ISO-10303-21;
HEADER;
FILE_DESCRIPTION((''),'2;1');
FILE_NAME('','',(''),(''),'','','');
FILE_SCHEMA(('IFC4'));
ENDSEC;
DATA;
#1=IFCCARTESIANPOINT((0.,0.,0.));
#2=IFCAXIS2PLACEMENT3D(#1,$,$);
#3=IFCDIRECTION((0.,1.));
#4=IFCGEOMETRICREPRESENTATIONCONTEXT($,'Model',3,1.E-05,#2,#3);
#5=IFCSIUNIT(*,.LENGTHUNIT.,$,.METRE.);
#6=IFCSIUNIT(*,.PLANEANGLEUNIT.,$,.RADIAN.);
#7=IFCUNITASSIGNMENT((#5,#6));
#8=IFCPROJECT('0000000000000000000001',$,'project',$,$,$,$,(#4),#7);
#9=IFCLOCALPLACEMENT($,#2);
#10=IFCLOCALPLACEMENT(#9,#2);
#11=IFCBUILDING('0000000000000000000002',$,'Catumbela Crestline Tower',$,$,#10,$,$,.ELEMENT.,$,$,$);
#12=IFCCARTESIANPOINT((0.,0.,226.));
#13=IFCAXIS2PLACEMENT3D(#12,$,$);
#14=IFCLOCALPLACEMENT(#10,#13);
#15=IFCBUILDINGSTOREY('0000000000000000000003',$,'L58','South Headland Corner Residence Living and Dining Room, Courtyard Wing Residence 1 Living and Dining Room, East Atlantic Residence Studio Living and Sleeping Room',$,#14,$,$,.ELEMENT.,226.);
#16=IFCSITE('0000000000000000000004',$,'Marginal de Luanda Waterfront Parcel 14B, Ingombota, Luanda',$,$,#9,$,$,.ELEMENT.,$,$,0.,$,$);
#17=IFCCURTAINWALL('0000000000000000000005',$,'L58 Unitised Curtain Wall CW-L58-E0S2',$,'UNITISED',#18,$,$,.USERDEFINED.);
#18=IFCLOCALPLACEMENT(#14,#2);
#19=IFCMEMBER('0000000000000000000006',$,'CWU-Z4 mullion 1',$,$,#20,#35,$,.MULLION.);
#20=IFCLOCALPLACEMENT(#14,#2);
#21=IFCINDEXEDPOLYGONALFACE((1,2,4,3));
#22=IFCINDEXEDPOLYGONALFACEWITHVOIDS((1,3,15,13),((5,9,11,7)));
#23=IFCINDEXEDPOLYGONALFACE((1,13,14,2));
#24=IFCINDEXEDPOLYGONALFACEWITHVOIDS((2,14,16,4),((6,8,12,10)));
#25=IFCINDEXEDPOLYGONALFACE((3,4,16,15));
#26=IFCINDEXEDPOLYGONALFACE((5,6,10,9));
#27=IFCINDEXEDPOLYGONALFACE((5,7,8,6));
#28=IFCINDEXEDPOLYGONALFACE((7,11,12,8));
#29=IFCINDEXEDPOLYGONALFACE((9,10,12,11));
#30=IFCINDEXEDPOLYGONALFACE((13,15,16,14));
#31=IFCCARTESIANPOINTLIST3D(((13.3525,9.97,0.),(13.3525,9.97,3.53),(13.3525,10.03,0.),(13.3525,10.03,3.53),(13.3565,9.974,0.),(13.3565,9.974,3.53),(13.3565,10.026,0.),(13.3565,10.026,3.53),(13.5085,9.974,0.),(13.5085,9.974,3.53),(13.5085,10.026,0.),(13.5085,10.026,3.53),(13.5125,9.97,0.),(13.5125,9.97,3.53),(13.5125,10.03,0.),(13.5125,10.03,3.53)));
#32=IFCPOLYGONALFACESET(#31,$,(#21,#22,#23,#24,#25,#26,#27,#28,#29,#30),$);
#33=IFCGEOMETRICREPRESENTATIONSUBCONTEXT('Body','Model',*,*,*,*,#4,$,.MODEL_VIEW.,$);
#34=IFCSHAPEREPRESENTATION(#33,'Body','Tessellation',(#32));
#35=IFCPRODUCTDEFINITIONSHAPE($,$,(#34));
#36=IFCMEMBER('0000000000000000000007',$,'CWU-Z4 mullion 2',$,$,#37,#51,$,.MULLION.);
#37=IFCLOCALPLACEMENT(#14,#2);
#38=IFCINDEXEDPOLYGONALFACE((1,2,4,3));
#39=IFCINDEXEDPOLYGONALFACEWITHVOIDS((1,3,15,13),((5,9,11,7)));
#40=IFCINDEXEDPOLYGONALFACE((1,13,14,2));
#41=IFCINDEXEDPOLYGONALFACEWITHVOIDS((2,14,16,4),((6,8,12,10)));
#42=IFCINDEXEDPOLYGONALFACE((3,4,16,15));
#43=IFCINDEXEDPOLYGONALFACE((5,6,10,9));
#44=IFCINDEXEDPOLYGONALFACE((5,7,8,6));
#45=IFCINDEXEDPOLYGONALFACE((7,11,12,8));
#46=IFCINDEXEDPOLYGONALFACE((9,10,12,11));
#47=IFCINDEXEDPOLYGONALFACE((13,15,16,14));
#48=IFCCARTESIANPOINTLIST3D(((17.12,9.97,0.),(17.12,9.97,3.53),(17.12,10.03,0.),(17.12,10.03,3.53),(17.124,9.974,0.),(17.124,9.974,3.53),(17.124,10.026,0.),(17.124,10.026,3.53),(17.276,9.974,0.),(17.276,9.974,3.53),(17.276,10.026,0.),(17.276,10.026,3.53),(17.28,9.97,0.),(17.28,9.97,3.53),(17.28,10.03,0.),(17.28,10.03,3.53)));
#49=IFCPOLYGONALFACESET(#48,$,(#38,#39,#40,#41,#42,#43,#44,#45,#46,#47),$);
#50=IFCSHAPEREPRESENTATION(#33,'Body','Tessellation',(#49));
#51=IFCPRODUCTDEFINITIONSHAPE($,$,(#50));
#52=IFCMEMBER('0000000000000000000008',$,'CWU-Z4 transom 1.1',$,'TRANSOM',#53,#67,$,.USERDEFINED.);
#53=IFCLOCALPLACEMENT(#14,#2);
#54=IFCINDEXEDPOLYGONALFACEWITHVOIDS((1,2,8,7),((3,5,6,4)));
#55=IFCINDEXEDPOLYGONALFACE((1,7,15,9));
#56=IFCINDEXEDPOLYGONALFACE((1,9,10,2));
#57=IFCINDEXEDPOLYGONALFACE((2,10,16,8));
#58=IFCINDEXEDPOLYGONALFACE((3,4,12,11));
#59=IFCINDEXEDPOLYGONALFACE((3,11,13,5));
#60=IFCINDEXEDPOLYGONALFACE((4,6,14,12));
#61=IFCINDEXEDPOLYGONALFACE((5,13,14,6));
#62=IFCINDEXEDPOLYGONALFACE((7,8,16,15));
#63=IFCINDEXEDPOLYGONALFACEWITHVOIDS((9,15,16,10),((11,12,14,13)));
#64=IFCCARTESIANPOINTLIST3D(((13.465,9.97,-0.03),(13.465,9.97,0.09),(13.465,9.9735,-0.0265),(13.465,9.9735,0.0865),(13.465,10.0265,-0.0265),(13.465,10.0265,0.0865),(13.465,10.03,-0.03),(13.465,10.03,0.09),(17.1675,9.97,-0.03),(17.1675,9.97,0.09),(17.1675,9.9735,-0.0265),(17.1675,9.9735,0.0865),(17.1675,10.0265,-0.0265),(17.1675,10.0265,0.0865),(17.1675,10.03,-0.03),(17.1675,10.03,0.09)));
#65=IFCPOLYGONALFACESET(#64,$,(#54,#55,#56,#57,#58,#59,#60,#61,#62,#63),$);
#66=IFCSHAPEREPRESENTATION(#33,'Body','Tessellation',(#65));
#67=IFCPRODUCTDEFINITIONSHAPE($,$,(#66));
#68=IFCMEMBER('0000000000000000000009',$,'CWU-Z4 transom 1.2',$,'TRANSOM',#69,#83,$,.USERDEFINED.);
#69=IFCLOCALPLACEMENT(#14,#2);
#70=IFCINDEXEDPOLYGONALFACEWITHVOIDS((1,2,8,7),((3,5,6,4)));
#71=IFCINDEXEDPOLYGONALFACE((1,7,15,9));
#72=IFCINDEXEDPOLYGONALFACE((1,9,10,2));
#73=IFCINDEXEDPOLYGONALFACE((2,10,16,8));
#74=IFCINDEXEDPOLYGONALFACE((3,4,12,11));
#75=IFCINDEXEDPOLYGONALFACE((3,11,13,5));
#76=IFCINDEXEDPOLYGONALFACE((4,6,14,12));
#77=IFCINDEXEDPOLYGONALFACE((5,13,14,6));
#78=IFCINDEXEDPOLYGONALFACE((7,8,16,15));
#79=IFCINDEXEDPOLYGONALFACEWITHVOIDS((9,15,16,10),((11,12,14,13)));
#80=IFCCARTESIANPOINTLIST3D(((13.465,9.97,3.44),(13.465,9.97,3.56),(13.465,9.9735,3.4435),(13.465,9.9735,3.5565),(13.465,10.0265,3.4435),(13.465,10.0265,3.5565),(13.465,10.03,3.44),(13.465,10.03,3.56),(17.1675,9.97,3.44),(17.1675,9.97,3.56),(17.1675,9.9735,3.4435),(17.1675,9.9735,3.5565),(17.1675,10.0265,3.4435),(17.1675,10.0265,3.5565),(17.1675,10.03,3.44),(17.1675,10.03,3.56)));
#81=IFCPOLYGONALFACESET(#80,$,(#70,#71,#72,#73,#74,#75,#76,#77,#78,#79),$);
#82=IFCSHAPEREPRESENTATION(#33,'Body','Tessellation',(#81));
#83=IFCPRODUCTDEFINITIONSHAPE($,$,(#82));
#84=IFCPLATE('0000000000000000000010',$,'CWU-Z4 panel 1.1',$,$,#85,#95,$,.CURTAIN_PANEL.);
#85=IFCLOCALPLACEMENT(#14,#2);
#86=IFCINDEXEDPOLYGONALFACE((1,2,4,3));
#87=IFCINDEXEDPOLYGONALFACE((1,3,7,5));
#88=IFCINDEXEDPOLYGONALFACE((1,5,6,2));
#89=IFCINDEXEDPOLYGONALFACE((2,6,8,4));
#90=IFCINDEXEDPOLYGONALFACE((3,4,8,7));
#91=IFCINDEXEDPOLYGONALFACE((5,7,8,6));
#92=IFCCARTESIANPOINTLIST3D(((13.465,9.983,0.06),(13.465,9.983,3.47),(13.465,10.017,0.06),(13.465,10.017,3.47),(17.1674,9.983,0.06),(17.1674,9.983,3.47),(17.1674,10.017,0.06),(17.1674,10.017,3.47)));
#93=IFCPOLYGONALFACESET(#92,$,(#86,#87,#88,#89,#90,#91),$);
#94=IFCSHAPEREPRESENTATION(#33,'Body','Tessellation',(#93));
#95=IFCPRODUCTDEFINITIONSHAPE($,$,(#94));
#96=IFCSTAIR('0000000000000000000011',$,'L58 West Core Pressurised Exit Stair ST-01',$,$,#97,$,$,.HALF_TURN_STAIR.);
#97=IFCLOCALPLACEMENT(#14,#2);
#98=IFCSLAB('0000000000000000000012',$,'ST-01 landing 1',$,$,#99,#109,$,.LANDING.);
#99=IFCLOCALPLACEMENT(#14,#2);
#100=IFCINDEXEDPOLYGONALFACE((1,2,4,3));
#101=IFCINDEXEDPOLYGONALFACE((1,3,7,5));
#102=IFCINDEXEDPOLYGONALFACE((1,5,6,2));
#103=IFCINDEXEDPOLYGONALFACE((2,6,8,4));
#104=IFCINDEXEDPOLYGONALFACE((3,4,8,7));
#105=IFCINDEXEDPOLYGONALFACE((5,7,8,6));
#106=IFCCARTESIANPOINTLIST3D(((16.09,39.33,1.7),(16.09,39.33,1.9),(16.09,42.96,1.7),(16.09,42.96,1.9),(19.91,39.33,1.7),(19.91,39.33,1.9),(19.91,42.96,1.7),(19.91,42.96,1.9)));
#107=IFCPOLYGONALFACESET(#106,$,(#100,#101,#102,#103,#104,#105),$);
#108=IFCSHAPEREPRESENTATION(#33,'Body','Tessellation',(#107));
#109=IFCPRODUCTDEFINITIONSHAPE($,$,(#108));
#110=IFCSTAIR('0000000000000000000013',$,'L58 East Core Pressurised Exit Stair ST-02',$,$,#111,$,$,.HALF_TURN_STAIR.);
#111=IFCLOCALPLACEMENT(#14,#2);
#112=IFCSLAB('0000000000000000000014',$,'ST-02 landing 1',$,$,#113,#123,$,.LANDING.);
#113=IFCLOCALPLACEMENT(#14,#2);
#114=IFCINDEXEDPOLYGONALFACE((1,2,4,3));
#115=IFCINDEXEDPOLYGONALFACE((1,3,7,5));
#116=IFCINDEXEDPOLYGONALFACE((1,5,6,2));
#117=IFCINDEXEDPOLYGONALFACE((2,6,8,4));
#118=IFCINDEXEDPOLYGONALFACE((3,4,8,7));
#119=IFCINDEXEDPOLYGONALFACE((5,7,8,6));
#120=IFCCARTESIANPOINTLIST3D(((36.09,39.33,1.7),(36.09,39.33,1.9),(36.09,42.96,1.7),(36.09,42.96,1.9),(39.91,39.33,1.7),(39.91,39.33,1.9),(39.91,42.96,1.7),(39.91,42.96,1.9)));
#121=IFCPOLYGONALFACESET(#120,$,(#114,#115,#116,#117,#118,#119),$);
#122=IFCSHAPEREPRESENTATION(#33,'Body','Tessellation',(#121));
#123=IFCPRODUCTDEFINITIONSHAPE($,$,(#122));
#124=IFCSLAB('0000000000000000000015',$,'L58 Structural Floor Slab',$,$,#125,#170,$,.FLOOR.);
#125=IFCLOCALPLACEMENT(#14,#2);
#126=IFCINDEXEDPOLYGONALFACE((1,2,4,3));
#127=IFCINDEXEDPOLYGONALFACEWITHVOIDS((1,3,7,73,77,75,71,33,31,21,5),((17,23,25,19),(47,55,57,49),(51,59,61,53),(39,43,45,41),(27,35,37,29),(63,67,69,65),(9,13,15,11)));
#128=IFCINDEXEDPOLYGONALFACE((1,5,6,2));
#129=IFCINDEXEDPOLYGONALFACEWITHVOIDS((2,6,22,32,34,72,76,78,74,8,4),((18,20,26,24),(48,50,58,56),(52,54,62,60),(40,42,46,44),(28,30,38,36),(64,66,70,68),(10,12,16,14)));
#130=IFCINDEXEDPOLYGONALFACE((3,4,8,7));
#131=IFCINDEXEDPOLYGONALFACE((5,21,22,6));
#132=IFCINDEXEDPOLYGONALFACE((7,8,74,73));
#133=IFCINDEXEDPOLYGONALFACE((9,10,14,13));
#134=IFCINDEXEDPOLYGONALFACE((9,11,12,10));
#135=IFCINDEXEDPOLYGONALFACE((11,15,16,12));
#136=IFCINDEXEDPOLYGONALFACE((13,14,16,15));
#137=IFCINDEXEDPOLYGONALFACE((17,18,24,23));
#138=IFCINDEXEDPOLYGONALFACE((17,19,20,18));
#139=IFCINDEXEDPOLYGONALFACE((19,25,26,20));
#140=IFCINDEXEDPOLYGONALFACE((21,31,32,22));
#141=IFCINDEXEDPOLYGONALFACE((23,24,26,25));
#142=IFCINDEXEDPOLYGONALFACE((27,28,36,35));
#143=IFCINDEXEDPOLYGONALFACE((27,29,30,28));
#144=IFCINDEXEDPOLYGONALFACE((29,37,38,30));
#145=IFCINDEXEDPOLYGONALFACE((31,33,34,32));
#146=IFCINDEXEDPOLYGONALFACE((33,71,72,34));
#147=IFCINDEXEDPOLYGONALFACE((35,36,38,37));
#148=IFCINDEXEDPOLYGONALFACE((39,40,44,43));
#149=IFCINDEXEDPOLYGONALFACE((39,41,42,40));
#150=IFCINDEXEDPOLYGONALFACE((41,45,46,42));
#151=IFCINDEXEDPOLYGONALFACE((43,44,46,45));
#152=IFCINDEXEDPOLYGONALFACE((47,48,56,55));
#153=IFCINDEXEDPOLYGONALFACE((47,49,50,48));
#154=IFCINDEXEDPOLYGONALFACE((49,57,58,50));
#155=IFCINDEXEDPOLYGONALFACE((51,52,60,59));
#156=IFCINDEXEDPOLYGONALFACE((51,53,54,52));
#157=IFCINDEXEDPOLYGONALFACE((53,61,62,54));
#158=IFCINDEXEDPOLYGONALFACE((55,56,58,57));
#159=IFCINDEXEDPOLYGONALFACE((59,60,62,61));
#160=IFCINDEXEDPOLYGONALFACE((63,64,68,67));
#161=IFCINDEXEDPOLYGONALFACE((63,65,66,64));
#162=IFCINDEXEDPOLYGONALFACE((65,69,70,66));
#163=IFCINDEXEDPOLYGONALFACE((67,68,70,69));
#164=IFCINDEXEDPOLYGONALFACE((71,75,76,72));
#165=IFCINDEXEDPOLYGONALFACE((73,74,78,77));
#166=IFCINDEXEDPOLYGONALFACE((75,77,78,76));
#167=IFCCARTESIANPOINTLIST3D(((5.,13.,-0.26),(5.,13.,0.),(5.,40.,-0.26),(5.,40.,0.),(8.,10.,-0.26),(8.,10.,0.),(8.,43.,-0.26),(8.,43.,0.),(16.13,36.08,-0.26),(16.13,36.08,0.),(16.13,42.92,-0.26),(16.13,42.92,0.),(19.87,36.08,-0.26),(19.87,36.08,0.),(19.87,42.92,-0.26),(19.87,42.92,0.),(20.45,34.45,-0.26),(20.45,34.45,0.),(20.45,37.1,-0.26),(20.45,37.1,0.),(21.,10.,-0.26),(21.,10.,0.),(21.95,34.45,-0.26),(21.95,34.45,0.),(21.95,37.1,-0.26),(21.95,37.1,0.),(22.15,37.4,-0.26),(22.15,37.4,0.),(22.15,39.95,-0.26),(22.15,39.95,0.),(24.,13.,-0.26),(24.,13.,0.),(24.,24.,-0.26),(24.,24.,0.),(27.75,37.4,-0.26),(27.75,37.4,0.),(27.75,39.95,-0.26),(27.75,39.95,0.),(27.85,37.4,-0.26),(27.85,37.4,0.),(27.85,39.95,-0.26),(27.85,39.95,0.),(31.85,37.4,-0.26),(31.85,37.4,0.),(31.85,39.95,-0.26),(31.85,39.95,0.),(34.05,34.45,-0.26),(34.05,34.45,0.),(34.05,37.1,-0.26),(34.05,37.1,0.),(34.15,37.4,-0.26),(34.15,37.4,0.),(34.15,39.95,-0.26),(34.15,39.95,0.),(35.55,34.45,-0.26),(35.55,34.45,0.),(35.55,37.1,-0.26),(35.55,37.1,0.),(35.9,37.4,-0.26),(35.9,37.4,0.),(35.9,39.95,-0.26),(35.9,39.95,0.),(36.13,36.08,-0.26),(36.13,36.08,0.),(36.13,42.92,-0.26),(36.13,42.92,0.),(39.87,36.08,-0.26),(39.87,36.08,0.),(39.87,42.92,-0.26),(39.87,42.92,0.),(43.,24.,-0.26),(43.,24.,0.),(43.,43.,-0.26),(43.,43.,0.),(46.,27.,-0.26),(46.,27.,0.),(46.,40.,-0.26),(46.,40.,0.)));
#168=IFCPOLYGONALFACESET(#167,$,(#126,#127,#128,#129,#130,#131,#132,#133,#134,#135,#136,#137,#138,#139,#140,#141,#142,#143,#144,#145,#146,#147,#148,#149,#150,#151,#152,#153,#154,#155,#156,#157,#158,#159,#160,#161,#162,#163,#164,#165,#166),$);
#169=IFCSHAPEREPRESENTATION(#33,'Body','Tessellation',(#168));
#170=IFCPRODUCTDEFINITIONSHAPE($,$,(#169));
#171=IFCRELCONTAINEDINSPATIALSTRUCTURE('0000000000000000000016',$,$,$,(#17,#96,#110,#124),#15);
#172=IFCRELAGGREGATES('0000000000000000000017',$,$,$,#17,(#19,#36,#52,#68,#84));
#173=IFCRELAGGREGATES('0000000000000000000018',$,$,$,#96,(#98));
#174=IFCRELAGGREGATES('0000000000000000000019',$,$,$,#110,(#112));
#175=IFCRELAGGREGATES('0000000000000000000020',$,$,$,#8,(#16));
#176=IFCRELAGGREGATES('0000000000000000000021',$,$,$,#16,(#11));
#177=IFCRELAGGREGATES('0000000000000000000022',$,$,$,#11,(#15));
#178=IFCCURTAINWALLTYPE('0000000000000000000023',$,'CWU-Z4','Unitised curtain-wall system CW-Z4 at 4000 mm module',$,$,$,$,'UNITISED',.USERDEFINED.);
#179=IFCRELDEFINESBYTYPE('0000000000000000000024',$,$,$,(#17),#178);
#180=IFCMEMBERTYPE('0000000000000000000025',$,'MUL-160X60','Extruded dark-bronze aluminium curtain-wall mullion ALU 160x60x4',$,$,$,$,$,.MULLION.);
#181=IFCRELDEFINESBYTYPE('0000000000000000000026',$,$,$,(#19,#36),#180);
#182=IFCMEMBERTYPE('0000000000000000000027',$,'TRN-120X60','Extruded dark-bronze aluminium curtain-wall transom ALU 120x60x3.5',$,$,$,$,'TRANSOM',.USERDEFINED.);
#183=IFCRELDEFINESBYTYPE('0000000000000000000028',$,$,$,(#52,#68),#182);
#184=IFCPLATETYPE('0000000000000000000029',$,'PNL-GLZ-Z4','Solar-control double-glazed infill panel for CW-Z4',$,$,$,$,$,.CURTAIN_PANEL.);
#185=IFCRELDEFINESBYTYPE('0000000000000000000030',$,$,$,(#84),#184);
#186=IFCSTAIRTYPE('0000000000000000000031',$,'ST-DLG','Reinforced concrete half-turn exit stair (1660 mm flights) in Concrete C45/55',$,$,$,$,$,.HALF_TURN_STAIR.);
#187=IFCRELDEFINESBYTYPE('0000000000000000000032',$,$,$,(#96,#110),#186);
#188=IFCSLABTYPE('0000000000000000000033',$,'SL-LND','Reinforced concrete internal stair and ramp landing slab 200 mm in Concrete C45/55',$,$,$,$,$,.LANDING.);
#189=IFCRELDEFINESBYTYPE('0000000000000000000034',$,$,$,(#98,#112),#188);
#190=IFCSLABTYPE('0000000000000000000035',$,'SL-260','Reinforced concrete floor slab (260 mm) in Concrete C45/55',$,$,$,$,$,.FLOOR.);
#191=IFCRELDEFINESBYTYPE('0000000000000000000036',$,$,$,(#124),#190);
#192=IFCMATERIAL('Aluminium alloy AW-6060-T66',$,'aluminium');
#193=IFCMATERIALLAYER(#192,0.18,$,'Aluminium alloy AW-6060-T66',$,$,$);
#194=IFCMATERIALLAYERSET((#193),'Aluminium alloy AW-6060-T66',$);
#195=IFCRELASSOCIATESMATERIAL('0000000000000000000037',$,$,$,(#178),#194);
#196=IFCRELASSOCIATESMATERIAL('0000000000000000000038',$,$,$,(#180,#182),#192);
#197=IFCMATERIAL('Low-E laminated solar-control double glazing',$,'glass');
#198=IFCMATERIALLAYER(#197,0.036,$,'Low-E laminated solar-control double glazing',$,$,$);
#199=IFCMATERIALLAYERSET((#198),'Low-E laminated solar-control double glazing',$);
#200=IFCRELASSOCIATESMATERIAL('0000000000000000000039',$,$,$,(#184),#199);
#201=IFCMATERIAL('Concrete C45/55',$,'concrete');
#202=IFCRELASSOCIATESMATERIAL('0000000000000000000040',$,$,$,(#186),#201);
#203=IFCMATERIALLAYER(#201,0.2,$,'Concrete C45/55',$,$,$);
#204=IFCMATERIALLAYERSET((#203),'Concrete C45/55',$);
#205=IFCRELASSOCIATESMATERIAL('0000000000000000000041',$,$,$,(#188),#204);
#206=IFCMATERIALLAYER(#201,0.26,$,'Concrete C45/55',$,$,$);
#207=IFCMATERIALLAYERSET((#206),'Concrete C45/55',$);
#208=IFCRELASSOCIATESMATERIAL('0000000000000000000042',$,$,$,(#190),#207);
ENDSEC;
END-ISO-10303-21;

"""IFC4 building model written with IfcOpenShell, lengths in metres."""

from ifc_helpers import new_model, si_unit, direction, frame, origin, origin_2d, place, context, subcontext, project, spatial, polyline, rectangle, hollow_rectangle, outline, extrude, material, layer, layer_set, material_profile, profile_set, type_object, element, aggregate, save


model = new_model("IFC4")

# Units and contexts
model_context = context("Model", 3, precision=1e-05, world=origin(), true_north=direction((0.0, 1.0)))
body_context = subcontext(model_context, "Body", "Model", "MODEL_VIEW")
ifc_project = project(units=[si_unit("LENGTHUNIT", "METRE"), si_unit("PLANEANGLEUNIT", "RADIAN")], contexts=[model_context])

# Site, building, storey
site_placement = place(None, origin())
site = spatial("IfcSite", under=ifc_project, at=site_placement, Name="Marginal de Luanda Waterfront Parcel 14B, Ingombota, Luanda", CompositionType="ELEMENT", RefElevation=0.0)
building_placement = place(site_placement, origin())
building = spatial("IfcBuilding", under=site, at=building_placement, Name="Catumbela Crestline Tower", CompositionType="ELEMENT")
storey_placement = place(building_placement, frame((0.0, 0.0, 226.0)))
storey = spatial("IfcBuildingStorey", under=building, at=storey_placement, Name="L58", Description="South Headland Corner Residence Living and Dining Room, Courtyard Wing Residence 1 Living and Dining Room, East Atlantic Residence Studio Living and Sleeping Room", CompositionType="ELEMENT", Elevation=226.0)

# Curtain wall, members, plate
ifc_material_1 = material(Name="Aluminium alloy AW-6060-T66", Category="aluminium")
ifc_layer_1 = layer(ifc_material_1, 0.18, Name="Aluminium alloy AW-6060-T66")
ifc_layer_set_1 = layer_set([ifc_layer_1], Name="Aluminium alloy AW-6060-T66")
curtain_wall_type = type_object("IfcCurtainWallType", Name="CWU-Z4", Description="Unitised curtain-wall system CW-Z4 at 4000 mm module", ElementType="UNITISED", PredefinedType="USERDEFINED", material=ifc_layer_set_1)
curtain_wall_placement = place(storey_placement, origin())
curtain_wall = element("IfcCurtainWall", 1, at=curtain_wall_placement, inside=storey, type_object=curtain_wall_type, Name="L58 Unitised Curtain Wall CW-L58-E0S2", ObjectType="UNITISED", PredefinedType="USERDEFINED")
ifc_material_profile_1 = material_profile(ifc_material_1, hollow_rectangle(XDim=0.06, YDim=0.16, WallThickness=0.004, at=origin_2d()), Name="ALU 160x60x4")
ifc_profile_set_1 = profile_set([ifc_material_profile_1], Name="Aluminium alloy AW-6060-T66")
member_type_1 = type_object("IfcMemberType", Name="MUL-160X60", Description="Extruded dark-bronze aluminium curtain-wall mullion ALU 160x60x4", PredefinedType="MULLION", material=ifc_profile_set_1)
member_1_placement = place(storey_placement, frame((13.4325, 10.0, 0.0), z_axis=(0.0, 0.0, 1.0), x_axis=(0.0, 1.0, 0.0)))
member_1 = element("IfcMember", 2, at=member_1_placement, type_object=member_type_1, Name="CWU-Z4 mullion 1", PredefinedType="MULLION", context=body_context, shape_type="SweptSolid", body=[
    extrude(hollow_rectangle(XDim=0.06, YDim=0.16, WallThickness=0.004, at=origin_2d()), origin(), (0.0, 0.0, 1.0), 3.53),
])
member_2_placement = place(storey_placement, frame((17.2, 10.0, 0.0), z_axis=(0.0, 0.0, 1.0), x_axis=(0.0, 1.0, 0.0)))
member_2 = element("IfcMember", 3, at=member_2_placement, type_object=member_type_1, Name="CWU-Z4 mullion 2", PredefinedType="MULLION", context=body_context, shape_type="SweptSolid", body=[
    extrude(hollow_rectangle(XDim=0.06, YDim=0.16, WallThickness=0.004, at=origin_2d()), origin(), (0.0, 0.0, 1.0), 3.53),
])
ifc_material_profile_2 = material_profile(ifc_material_1, hollow_rectangle(XDim=0.06, YDim=0.12, WallThickness=0.0035, at=origin_2d()), Name="ALU 120x60x3.5")
ifc_profile_set_2 = profile_set([ifc_material_profile_2], Name="Aluminium alloy AW-6060-T66")
member_type_2 = type_object("IfcMemberType", Name="TRN-120X60", Description="Extruded dark-bronze aluminium curtain-wall transom ALU 120x60x3.5", ElementType="TRANSOM", PredefinedType="USERDEFINED", material=ifc_profile_set_2)
member_3_placement = place(storey_placement, frame((13.465, 10.0, 0.03), z_axis=(1.0, 0.0, 0.0), x_axis=(0.0, 1.0, 0.0)))
member_3 = element("IfcMember", 4, at=member_3_placement, type_object=member_type_2, Name="CWU-Z4 transom 1.1", ObjectType="TRANSOM", PredefinedType="USERDEFINED", context=body_context, shape_type="SweptSolid", body=[
    extrude(hollow_rectangle(XDim=0.06, YDim=0.12, WallThickness=0.0035, at=origin_2d()), origin(), (0.0, 0.0, 1.0), 3.7025),
])
member_4_placement = place(storey_placement, frame((13.465, 10.0, 3.5), z_axis=(1.0, 0.0, 0.0), x_axis=(0.0, 1.0, 0.0)))
member_4 = element("IfcMember", 5, at=member_4_placement, type_object=member_type_2, Name="CWU-Z4 transom 1.2", ObjectType="TRANSOM", PredefinedType="USERDEFINED", context=body_context, shape_type="SweptSolid", body=[
    extrude(hollow_rectangle(XDim=0.06, YDim=0.12, WallThickness=0.0035, at=origin_2d()), origin(), (0.0, 0.0, 1.0), 3.7025),
])
ifc_material_2 = material(Name="Low-E laminated solar-control double glazing", Category="glass")
ifc_layer_2 = layer(ifc_material_2, 0.036, Name="Low-E laminated solar-control double glazing")
ifc_layer_set_2 = layer_set([ifc_layer_2], Name="Low-E laminated solar-control double glazing")
plate_type = type_object("IfcPlateType", Name="PNL-GLZ-Z4", Description="Solar-control double-glazed infill panel for CW-Z4", PredefinedType="CURTAIN_PANEL", material=ifc_layer_set_2)
plate_placement = place(storey_placement, frame((15.3162, 10.0, 0.06), z_axis=(0.0, 0.0, 1.0), x_axis=(1.0, 0.0, 0.0)))
plate = element("IfcPlate", 6, at=plate_placement, type_object=plate_type, Name="CWU-Z4 panel 1.1", PredefinedType="CURTAIN_PANEL", context=body_context, shape_type="SweptSolid", body=[
    extrude(rectangle(XDim=3.7025, YDim=0.034, at=origin_2d()), origin(), (0.0, 0.0, 1.0), 3.41),
])
aggregate(curtain_wall, [member_1, member_2, member_3, member_4, plate])

# Stairs, slabs
ifc_material_3 = material(Name="Concrete C45/55", Category="concrete")
stair_type = type_object("IfcStairType", Name="ST-DLG", Description="Reinforced concrete half-turn exit stair (1660 mm flights) in Concrete C45/55", PredefinedType="HALF_TURN_STAIR", material=ifc_material_3)
stair_1_placement = place(storey_placement, origin())
stair_1 = element("IfcStair", 7, at=stair_1_placement, inside=storey, type_object=stair_type, Name="L58 West Core Pressurised Exit Stair ST-01", PredefinedType="HALF_TURN_STAIR")
ifc_layer_3 = layer(ifc_material_3, 0.2, Name="Concrete C45/55")
ifc_layer_set_3 = layer_set([ifc_layer_3], Name="Concrete C45/55")
slab_type_1 = type_object("IfcSlabType", Name="SL-LND", Description="Reinforced concrete internal stair and ramp landing slab 200 mm in Concrete C45/55", PredefinedType="LANDING", material=ifc_layer_set_3)
slab_1_placement = place(storey_placement, frame((0.0, 0.0, 1.7)))
slab_1 = element("IfcSlab", 8, at=slab_1_placement, type_object=slab_type_1, Name="ST-01 landing 1", PredefinedType="LANDING", context=body_context, shape_type="SweptSolid", body=[
    extrude(outline(polyline([(19.91, 39.33), (19.91, 42.96), (16.09, 42.96), (16.09, 39.33), (19.91, 39.33)])), origin(), (0.0, 0.0, 1.0), 0.2),
])
aggregate(stair_1, [slab_1])
stair_2_placement = place(storey_placement, origin())
stair_2 = element("IfcStair", 9, at=stair_2_placement, inside=storey, type_object=stair_type, Name="L58 East Core Pressurised Exit Stair ST-02", PredefinedType="HALF_TURN_STAIR")
slab_2_placement = place(storey_placement, frame((0.0, 0.0, 1.7)))
slab_2 = element("IfcSlab", 10, at=slab_2_placement, type_object=slab_type_1, Name="ST-02 landing 1", PredefinedType="LANDING", context=body_context, shape_type="SweptSolid", body=[
    extrude(outline(polyline([(39.91, 39.33), (39.91, 42.96), (36.09, 42.96), (36.09, 39.33), (39.91, 39.33)])), origin(), (0.0, 0.0, 1.0), 0.2),
])
aggregate(stair_2, [slab_2])

# Slab
ifc_layer_4 = layer(ifc_material_3, 0.26, Name="Concrete C45/55")
ifc_layer_set_4 = layer_set([ifc_layer_4], Name="Concrete C45/55")
slab_type_2 = type_object("IfcSlabType", Name="SL-260", Description="Reinforced concrete floor slab (260 mm) in Concrete C45/55", PredefinedType="FLOOR", material=ifc_layer_set_4)
slab_3_placement = place(storey_placement, frame((0.0, 0.0, -0.26)))
element("IfcSlab", 11, at=slab_3_placement, inside=storey, type_object=slab_type_2, Name="L58 Structural Floor Slab", PredefinedType="FLOOR", context=body_context, shape_type="SweptSolid", body=[
    extrude(outline(polyline([(8.0, 10.0), (21.0, 10.0), (24.0, 13.0), (24.0, 24.0), (43.0, 24.0), (46.0, 27.0), (46.0, 40.0), (43.0, 43.0), (8.0, 43.0), (5.0, 40.0), (5.0, 13.0), (8.0, 10.0)]), holes=[polyline([(16.13, 36.08), (19.87, 36.08), (19.87, 42.92), (16.13, 42.92), (16.13, 36.08)]), polyline([(36.13, 36.08), (39.87, 36.08), (39.87, 42.92), (36.13, 42.92), (36.13, 36.08)]), polyline([(22.15, 37.4), (27.75, 37.4), (27.75, 39.95), (22.15, 39.95), (22.15, 37.4)]), polyline([(27.85, 37.4), (31.85, 37.4), (31.85, 39.95), (27.85, 39.95), (27.85, 37.4)]), polyline([(20.45, 34.45), (21.95, 34.45), (21.95, 37.1), (20.45, 37.1), (20.45, 34.45)]), polyline([(34.05, 34.45), (35.55, 34.45), (35.55, 37.1), (34.05, 37.1), (34.05, 34.45)]), polyline([(34.15, 37.4), (35.9, 37.4), (35.9, 39.95), (34.15, 39.95), (34.15, 37.4)])]), origin(), (0.0, 0.0, 1.0), 0.26),
])

save(model, "model.ifc")
